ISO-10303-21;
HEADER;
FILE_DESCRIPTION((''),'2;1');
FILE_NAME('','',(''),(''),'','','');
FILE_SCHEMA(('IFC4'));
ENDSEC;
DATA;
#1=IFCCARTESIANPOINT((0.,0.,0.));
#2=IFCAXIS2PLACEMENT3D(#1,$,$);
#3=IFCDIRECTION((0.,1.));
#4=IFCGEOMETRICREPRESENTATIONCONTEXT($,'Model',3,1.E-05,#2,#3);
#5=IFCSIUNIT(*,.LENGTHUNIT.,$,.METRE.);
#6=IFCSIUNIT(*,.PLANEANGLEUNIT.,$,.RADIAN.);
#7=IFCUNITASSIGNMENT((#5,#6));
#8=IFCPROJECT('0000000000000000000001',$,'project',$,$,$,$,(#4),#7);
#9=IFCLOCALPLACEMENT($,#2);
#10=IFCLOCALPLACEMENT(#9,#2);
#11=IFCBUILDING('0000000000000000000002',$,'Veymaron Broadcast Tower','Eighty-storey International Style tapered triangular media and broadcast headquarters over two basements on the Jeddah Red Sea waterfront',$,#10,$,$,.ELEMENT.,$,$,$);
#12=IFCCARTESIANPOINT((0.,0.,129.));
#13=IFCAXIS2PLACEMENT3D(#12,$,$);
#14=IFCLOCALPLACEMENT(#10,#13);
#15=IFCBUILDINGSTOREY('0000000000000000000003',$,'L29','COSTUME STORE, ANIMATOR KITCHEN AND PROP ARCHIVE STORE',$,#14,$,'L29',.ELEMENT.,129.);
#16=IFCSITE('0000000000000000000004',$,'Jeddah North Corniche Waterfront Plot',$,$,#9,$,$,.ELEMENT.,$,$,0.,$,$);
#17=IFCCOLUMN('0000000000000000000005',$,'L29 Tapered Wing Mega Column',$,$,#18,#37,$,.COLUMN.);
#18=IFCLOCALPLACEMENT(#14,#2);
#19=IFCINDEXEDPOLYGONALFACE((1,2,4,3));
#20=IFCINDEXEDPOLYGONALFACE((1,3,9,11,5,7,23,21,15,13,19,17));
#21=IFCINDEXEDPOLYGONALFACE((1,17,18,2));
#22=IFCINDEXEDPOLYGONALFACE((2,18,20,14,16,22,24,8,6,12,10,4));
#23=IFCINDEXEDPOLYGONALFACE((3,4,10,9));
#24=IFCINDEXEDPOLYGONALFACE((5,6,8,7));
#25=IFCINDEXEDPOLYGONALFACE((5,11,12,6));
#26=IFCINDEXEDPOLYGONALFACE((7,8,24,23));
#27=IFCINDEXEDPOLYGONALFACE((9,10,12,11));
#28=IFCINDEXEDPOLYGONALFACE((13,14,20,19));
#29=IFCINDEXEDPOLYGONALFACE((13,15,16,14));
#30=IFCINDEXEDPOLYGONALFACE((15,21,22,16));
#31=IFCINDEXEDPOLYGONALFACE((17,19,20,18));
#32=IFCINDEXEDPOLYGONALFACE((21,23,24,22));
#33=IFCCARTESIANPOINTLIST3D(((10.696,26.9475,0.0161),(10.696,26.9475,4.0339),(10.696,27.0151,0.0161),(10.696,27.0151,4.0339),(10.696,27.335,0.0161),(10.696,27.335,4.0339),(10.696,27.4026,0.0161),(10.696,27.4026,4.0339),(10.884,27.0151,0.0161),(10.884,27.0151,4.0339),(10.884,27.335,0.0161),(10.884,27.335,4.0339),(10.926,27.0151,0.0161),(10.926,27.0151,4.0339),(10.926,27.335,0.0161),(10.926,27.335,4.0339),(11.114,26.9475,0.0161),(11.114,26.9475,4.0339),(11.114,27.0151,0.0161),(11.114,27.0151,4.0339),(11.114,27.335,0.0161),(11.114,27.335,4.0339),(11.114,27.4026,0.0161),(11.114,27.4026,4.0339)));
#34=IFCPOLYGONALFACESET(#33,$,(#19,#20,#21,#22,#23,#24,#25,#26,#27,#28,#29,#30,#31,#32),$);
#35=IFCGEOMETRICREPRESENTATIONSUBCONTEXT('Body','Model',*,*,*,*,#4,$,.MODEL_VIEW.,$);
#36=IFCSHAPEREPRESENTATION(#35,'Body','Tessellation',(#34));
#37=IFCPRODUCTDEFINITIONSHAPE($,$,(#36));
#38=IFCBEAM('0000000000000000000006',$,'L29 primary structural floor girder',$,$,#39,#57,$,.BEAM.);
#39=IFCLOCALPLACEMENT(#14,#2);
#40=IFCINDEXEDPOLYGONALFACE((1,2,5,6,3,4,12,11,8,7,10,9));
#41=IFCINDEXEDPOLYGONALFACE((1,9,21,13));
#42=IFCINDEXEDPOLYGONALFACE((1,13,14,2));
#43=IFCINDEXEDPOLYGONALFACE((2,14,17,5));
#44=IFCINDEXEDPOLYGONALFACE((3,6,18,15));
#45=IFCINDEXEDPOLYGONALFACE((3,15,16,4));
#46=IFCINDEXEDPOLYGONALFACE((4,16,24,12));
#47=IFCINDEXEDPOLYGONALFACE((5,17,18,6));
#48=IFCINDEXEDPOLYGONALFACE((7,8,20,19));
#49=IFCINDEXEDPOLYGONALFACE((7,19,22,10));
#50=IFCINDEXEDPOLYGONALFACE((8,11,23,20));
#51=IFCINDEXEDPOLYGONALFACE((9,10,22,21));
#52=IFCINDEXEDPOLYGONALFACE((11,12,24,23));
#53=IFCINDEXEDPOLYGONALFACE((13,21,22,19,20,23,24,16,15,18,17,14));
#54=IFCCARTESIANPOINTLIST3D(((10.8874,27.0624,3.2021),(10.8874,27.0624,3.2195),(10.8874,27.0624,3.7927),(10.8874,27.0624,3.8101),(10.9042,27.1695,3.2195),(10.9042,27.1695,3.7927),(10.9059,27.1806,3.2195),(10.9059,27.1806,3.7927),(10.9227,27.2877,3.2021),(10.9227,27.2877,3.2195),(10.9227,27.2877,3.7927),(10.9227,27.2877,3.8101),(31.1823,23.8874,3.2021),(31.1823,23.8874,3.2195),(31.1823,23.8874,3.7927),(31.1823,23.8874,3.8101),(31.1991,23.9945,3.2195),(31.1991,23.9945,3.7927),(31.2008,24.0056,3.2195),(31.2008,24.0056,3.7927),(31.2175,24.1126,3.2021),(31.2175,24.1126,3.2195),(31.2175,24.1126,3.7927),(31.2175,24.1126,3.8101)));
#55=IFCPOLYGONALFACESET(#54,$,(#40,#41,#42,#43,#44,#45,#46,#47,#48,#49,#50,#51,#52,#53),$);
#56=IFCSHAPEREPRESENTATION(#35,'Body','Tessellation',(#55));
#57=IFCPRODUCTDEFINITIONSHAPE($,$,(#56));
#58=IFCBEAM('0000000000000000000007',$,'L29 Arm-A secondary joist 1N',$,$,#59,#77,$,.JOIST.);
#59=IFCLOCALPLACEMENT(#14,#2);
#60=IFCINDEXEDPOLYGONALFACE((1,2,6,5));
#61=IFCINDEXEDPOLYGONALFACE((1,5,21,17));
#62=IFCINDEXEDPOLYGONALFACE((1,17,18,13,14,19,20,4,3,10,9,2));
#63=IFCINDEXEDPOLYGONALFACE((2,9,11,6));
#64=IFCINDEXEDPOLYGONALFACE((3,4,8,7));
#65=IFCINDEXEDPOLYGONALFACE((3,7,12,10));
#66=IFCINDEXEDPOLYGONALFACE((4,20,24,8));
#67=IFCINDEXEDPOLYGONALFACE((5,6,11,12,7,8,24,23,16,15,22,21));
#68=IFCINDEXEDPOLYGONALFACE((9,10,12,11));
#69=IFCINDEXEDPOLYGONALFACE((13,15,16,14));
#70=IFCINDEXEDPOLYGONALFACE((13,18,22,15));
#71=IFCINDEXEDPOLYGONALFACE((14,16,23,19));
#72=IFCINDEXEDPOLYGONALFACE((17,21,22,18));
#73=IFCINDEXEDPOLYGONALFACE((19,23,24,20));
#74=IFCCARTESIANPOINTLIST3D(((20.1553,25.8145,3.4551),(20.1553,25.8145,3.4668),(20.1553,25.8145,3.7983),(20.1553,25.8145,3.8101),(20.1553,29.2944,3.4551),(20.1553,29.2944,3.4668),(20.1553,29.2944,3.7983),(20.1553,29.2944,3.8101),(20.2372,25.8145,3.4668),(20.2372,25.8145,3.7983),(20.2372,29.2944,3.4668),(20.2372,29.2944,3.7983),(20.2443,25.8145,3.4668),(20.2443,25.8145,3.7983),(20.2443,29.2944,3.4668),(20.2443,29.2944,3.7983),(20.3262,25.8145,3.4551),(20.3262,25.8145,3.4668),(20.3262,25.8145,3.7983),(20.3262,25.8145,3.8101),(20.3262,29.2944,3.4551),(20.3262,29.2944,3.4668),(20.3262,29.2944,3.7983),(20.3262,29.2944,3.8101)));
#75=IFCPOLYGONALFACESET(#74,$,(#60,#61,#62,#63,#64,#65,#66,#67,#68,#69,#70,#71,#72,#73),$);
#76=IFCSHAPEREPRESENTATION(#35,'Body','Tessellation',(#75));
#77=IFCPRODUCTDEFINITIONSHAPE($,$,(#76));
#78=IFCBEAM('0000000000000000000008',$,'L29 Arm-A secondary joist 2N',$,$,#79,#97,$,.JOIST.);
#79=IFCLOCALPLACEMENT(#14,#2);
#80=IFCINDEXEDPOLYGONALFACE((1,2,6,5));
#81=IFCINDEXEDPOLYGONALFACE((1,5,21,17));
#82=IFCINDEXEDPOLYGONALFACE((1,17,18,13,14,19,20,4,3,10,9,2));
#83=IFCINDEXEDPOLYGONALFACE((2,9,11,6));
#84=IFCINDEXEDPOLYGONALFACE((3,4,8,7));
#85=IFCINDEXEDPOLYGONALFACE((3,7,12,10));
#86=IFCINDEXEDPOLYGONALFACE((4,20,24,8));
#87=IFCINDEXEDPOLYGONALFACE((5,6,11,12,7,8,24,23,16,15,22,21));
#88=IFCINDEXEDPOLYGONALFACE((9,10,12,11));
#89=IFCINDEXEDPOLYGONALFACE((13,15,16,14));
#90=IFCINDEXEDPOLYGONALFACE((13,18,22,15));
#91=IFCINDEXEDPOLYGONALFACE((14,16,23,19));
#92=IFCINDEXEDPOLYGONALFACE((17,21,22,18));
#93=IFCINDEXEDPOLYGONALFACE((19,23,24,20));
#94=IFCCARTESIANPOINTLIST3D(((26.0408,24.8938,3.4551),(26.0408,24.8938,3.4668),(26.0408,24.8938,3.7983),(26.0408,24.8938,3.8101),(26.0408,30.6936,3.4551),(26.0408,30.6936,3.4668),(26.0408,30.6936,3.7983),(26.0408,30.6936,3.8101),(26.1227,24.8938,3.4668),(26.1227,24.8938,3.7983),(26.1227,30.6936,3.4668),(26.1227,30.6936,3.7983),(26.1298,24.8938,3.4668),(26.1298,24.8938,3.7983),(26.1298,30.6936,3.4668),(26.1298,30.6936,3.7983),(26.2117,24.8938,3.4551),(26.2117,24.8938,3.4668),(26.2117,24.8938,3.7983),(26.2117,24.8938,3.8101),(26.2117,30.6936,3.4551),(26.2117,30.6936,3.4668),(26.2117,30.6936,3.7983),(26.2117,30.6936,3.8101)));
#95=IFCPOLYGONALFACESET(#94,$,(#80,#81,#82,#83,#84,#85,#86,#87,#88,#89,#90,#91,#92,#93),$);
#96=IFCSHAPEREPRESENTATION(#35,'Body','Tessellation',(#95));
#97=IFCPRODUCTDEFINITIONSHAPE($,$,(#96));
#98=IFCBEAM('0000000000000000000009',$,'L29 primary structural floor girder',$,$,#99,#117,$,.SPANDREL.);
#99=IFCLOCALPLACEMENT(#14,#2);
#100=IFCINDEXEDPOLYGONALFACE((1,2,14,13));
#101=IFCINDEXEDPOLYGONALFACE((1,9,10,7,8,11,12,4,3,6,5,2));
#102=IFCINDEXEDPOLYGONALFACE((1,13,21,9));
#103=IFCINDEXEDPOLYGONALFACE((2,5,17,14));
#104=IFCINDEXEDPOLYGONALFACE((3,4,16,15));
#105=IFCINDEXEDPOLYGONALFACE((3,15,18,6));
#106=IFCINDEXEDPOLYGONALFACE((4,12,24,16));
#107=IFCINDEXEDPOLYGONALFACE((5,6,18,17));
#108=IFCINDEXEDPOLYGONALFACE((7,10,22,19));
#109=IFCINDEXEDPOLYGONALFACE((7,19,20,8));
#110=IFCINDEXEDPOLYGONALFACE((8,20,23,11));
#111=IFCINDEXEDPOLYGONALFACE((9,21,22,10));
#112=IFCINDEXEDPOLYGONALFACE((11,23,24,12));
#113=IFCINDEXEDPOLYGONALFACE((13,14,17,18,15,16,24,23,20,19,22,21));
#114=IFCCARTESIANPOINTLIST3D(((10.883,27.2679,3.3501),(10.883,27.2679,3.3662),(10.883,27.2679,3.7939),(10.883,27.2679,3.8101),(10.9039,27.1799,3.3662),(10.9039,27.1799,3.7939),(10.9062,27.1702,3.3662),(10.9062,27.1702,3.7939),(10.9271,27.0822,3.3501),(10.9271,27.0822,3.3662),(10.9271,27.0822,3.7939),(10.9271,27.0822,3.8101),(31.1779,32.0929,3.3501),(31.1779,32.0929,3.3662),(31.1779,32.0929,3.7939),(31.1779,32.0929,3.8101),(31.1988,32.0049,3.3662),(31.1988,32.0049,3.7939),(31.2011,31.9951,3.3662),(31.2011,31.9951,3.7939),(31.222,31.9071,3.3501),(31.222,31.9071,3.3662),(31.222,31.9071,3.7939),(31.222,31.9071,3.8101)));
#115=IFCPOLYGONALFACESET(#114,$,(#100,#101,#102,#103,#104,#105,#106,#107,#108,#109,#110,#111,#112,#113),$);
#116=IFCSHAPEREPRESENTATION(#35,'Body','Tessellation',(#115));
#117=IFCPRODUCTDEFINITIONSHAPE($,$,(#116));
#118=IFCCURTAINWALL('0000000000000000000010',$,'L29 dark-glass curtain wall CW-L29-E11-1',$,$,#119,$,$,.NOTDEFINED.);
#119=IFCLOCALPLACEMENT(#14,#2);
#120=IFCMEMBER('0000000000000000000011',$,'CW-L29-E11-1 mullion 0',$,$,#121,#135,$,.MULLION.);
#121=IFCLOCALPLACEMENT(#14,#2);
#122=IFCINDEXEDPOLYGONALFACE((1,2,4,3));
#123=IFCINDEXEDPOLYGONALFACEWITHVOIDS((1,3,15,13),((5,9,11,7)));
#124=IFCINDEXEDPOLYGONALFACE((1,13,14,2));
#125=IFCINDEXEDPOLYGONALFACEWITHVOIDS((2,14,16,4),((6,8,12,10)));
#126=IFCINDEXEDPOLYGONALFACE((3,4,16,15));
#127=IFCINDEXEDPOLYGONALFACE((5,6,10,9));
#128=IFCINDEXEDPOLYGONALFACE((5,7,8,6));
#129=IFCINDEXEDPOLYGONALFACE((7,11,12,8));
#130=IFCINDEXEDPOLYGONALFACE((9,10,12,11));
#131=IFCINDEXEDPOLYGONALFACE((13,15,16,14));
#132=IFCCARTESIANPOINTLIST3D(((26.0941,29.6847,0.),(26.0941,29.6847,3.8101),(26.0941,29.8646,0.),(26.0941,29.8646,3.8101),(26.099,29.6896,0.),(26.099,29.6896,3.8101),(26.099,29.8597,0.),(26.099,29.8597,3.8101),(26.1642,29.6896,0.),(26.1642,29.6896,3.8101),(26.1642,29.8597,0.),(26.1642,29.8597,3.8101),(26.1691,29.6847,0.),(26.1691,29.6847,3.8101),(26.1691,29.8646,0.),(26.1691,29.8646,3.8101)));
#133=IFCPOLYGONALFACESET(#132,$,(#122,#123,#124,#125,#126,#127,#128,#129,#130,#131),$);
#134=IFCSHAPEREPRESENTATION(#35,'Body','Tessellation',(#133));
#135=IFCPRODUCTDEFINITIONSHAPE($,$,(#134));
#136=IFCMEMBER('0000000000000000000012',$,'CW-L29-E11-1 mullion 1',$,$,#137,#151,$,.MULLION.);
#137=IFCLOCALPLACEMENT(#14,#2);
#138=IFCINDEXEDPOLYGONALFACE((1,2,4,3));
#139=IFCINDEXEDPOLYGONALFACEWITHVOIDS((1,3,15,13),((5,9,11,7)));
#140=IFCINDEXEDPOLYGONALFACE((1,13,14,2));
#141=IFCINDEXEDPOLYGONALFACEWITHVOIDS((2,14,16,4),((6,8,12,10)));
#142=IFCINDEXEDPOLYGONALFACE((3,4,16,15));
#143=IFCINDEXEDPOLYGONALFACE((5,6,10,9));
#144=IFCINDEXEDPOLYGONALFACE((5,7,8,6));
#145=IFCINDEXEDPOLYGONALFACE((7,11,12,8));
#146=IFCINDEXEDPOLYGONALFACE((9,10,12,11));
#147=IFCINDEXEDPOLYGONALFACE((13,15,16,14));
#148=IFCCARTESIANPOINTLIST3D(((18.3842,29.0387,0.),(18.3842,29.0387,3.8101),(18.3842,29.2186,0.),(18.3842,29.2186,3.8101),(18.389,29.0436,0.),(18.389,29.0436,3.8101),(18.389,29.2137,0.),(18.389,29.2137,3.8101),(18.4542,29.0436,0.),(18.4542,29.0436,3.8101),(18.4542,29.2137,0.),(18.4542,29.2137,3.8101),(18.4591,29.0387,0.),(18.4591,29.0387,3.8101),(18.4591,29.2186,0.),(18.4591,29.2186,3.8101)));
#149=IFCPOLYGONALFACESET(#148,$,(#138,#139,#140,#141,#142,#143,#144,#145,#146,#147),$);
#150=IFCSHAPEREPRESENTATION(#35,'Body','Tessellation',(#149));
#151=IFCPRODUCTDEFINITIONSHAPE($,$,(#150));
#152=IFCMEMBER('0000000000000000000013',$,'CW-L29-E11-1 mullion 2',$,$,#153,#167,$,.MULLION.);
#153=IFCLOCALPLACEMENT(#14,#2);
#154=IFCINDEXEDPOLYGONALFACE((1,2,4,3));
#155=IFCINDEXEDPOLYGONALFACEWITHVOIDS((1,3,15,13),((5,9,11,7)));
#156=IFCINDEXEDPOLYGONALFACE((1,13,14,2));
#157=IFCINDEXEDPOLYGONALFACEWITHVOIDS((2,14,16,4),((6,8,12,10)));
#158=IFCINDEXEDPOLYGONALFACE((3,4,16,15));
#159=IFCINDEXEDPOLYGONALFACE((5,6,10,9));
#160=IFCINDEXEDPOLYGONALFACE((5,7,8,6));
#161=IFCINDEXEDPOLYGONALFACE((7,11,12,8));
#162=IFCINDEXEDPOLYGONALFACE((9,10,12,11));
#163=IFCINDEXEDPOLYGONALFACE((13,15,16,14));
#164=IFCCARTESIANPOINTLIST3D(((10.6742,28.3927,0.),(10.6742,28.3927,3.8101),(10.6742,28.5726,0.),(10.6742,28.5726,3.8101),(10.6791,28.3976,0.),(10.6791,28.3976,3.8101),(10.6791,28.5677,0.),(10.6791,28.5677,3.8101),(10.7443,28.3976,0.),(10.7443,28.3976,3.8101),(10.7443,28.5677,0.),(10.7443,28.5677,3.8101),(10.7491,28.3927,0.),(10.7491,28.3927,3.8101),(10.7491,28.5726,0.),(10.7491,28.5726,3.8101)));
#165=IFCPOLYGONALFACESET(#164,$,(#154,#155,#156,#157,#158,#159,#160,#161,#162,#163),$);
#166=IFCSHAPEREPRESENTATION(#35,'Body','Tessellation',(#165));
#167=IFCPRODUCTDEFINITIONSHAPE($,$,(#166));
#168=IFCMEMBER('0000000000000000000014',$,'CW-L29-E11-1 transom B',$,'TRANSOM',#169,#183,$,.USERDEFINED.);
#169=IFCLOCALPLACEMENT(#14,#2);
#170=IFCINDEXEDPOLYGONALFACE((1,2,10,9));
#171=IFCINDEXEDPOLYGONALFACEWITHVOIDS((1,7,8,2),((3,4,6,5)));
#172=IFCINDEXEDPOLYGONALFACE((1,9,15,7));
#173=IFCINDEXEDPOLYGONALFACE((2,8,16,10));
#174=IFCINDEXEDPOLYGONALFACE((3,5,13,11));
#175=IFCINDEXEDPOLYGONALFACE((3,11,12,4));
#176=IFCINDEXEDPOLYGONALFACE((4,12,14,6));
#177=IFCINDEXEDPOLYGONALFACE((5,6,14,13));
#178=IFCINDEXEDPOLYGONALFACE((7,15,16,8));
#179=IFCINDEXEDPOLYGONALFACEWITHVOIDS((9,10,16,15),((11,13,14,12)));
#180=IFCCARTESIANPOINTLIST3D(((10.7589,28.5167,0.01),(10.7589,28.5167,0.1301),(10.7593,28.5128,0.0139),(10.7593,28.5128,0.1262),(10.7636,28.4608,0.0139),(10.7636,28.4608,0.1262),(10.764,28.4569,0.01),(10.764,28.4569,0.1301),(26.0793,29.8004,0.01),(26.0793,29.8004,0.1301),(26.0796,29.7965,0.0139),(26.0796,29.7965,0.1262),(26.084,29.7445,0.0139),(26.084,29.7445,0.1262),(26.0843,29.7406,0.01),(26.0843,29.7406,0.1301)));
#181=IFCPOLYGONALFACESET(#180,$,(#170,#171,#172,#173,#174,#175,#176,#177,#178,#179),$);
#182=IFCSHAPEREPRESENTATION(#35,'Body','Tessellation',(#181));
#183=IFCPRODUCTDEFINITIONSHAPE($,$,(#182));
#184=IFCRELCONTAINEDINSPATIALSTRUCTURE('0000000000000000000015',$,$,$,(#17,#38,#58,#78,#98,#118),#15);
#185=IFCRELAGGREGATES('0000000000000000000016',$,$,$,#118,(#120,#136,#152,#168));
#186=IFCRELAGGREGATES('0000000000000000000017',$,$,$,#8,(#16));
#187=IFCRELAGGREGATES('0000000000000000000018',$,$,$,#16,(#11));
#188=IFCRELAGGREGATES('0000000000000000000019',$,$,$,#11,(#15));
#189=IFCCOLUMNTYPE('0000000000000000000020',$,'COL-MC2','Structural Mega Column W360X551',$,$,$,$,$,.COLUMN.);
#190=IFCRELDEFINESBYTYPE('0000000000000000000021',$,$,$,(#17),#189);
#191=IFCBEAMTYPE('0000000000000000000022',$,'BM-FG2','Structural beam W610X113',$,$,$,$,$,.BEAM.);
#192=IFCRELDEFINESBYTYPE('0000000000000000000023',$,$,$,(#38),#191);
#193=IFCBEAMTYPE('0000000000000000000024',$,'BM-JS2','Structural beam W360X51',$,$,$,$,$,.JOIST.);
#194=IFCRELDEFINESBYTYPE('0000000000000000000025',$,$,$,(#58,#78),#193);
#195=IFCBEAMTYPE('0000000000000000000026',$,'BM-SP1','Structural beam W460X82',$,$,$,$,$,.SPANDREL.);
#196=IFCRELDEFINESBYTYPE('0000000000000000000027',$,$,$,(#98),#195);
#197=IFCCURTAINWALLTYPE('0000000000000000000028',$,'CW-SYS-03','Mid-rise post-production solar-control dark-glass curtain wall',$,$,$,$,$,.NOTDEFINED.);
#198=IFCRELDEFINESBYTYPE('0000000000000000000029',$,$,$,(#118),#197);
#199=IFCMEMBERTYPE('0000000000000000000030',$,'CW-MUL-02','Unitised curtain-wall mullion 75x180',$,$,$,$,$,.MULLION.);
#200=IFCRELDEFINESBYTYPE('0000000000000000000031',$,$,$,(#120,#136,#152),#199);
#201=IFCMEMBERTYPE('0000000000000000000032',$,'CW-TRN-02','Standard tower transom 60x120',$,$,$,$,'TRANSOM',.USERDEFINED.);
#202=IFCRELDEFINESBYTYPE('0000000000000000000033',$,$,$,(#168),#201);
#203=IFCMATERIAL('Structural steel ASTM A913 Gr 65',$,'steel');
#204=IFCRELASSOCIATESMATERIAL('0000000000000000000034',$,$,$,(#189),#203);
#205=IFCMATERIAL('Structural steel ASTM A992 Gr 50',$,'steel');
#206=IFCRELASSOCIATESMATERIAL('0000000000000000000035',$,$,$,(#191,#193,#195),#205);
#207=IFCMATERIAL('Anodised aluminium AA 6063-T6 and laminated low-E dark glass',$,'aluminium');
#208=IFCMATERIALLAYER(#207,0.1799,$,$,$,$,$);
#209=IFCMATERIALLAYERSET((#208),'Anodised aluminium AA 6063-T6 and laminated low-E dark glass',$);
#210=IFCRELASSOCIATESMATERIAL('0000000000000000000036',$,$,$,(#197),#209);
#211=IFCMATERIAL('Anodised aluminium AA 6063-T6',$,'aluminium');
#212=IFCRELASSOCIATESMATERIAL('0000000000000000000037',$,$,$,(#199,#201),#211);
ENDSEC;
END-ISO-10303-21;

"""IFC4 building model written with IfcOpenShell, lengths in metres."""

from ifc_helpers import new_model, si_unit, direction, frame, origin, origin_2d, place, context, subcontext, project, spatial, hollow_rectangle, i_section, extrude, material, layer, layer_set, material_profile, profile_set, type_object, element, aggregate, save


model = new_model("IFC4")

# Units and contexts
model_context = context("Model", 3, precision=1e-05, world=origin(), true_north=direction((0.0, 1.0)))
body_context = subcontext(model_context, "Body", "Model", "MODEL_VIEW")
ifc_project = project(units=[si_unit("LENGTHUNIT", "METRE"), si_unit("PLANEANGLEUNIT", "RADIAN")], contexts=[model_context])

# Site, building, storey
site_placement = place(None, origin())
site = spatial("IfcSite", under=ifc_project, at=site_placement, Name="Jeddah North Corniche Waterfront Plot", CompositionType="ELEMENT", RefElevation=0.0)
building_placement = place(site_placement, origin())
building = spatial("IfcBuilding", under=site, at=building_placement, Name="Veymaron Broadcast Tower", Description="Eighty-storey International Style tapered triangular media and broadcast headquarters over two basements on the Jeddah Red Sea waterfront", CompositionType="ELEMENT")
storey_placement = place(building_placement, frame((0.0, 0.0, 129.0)))
storey = spatial("IfcBuildingStorey", under=building, at=storey_placement, Name="L29", Description="COSTUME STORE, ANIMATOR KITCHEN AND PROP ARCHIVE STORE", LongName="L29", CompositionType="ELEMENT", Elevation=129.0)

# Column
ifc_material_1 = material(Name="Structural steel ASTM A913 Gr 65", Category="steel")
ifc_material_profile_1 = material_profile(ifc_material_1, i_section(OverallWidth=0.418, OverallDepth=0.4551, WebThickness=0.042, FlangeThickness=0.0676, at=origin_2d()), Name="W360X551")
ifc_profile_set_1 = profile_set([ifc_material_profile_1], Name="Structural steel ASTM A913 Gr 65")
column_type = type_object("IfcColumnType", Name="COL-MC2", Description="Structural Mega Column W360X551", PredefinedType="COLUMN", material=ifc_profile_set_1)
column_placement = place(storey_placement, frame((10.905, 27.175, 0.0161), z_axis=(0.0, 0.0, 1.0), x_axis=(1.0, 0.0, 0.0)))
element("IfcColumn", 1, at=column_placement, inside=storey, type_object=column_type, Name="L29 Tapered Wing Mega Column", PredefinedType="COLUMN", context=body_context, shape_type="SweptSolid", body=[
    extrude(i_section(OverallWidth=0.418, OverallDepth=0.4551, WebThickness=0.042, FlangeThickness=0.0676, at=origin_2d()), origin(), (0.0, 0.0, 1.0), 4.0178),
])

# Beams
ifc_material_2 = material(Name="Structural steel ASTM A992 Gr 50", Category="steel")
ifc_material_profile_2 = material_profile(ifc_material_2, i_section(OverallWidth=0.228, OverallDepth=0.6079, WebThickness=0.0112, FlangeThickness=0.0173, at=origin_2d()), Name="W610X113")
ifc_profile_set_2 = profile_set([ifc_material_profile_2], Name="Structural steel ASTM A992 Gr 50")
beam_type_1 = type_object("IfcBeamType", Name="BM-FG2", Description="Structural beam W610X113", PredefinedType="BEAM", material=ifc_profile_set_2)
beam_1_placement = place(storey_placement, frame((10.905, 27.175, 3.5061), z_axis=(0.987983, -0.154565, 0.0), x_axis=(0.154565, 0.987983, 0.0)))
element("IfcBeam", 2, at=beam_1_placement, inside=storey, type_object=beam_type_1, Name="L29 primary structural floor girder", PredefinedType="BEAM", context=body_context, shape_type="SweptSolid", body=[
    extrude(i_section(OverallWidth=0.228, OverallDepth=0.6079, WebThickness=0.0112, FlangeThickness=0.0173, at=origin_2d()), origin(), (0.0, 0.0, 1.0), 20.5417),
])
ifc_material_profile_3 = material_profile(ifc_material_2, i_section(OverallWidth=0.1709, OverallDepth=0.355, WebThickness=0.0071, FlangeThickness=0.0117, at=origin_2d()), Name="W360X51")
ifc_profile_set_3 = profile_set([ifc_material_profile_3], Name="Structural steel ASTM A992 Gr 50")
beam_type_2 = type_object("IfcBeamType", Name="BM-JS2", Description="Structural beam W360X51", PredefinedType="JOIST", material=ifc_profile_set_3)
beam_2_placement = place(storey_placement, frame((20.2407, 25.8145, 3.6326), z_axis=(0.0, 1.0, 0.0), x_axis=(-1.0, 0.0, 0.0)))
element("IfcBeam", 3, at=beam_2_placement, inside=storey, type_object=beam_type_2, Name="L29 Arm-A secondary joist 1N", PredefinedType="JOIST", context=body_context, shape_type="SweptSolid", body=[
    extrude(i_section(OverallWidth=0.1709, OverallDepth=0.355, WebThickness=0.0071, FlangeThickness=0.0117, at=origin_2d()), origin(), (0.0, 0.0, 1.0), 3.48),
])
beam_3_placement = place(storey_placement, frame((26.1262, 24.8938, 3.6326), z_axis=(0.0, 1.0, 0.0), x_axis=(-1.0, 0.0, 0.0)))
element("IfcBeam", 4, at=beam_3_placement, inside=storey, type_object=beam_type_2, Name="L29 Arm-A secondary joist 2N", PredefinedType="JOIST", context=body_context, shape_type="SweptSolid", body=[
    extrude(i_section(OverallWidth=0.1709, OverallDepth=0.355, WebThickness=0.0071, FlangeThickness=0.0117, at=origin_2d()), origin(), (0.0, 0.0, 1.0), 5.7998),
])
ifc_material_profile_4 = material_profile(ifc_material_2, i_section(OverallWidth=0.1909, OverallDepth=0.46, WebThickness=0.01, FlangeThickness=0.0161, at=origin_2d()), Name="W460X82")
ifc_profile_set_4 = profile_set([ifc_material_profile_4], Name="Structural steel ASTM A992 Gr 50")
beam_type_3 = type_object("IfcBeamType", Name="BM-SP1", Description="Structural beam W460X82", PredefinedType="SPANDREL", material=ifc_profile_set_4)
beam_4_placement = place(storey_placement, frame((10.905, 27.175, 3.5801), z_axis=(0.972884, 0.231295, 0.0), x_axis=(-0.231295, 0.972884, 0.0)))
element("IfcBeam", 5, at=beam_4_placement, inside=storey, type_object=beam_type_3, Name="L29 primary structural floor girder", PredefinedType="SPANDREL", context=body_context, shape_type="SweptSolid", body=[
    extrude(i_section(OverallWidth=0.1909, OverallDepth=0.46, WebThickness=0.01, FlangeThickness=0.0161, at=origin_2d()), origin(), (0.0, 0.0, 1.0), 20.8606),
])

# Curtain wall, members
ifc_material_3 = material(Name="Anodised aluminium AA 6063-T6 and laminated low-E dark glass", Category="aluminium")
ifc_layer_1 = layer(ifc_material_3, 0.1799)
ifc_layer_set_1 = layer_set([ifc_layer_1], Name="Anodised aluminium AA 6063-T6 and laminated low-E dark glass")
curtain_wall_type = type_object("IfcCurtainWallType", Name="CW-SYS-03", Description="Mid-rise post-production solar-control dark-glass curtain wall", PredefinedType="NOTDEFINED", material=ifc_layer_set_1)
curtain_wall_placement = place(storey_placement, origin())
curtain_wall = element("IfcCurtainWall", 6, at=curtain_wall_placement, inside=storey, type_object=curtain_wall_type, Name="L29 dark-glass curtain wall CW-L29-E11-1", PredefinedType="NOTDEFINED")
ifc_material_4 = material(Name="Anodised aluminium AA 6063-T6", Category="aluminium")
ifc_material_profile_5 = material_profile(ifc_material_4, hollow_rectangle(XDim=0.075, YDim=0.1799, WallThickness=0.0049, at=origin_2d()), Name="AL180X75X5")
ifc_profile_set_5 = profile_set([ifc_material_profile_5], Name="Anodised aluminium AA 6063-T6")
member_type_1 = type_object("IfcMemberType", Name="CW-MUL-02", Description="Unitised curtain-wall mullion 75x180", PredefinedType="MULLION", material=ifc_profile_set_5)
member_1_placement = place(storey_placement, frame((26.1316, 29.7747, 0.0), z_axis=(0.0, 0.0, 1.0), x_axis=(1.0, 0.0, 0.0)))
member_1 = element("IfcMember", 7, at=member_1_placement, type_object=member_type_1, Name="CW-L29-E11-1 mullion 0", PredefinedType="MULLION", context=body_context, shape_type="SweptSolid", body=[
    extrude(hollow_rectangle(XDim=0.075, YDim=0.1799, WallThickness=0.0049, at=origin_2d()), origin(), (0.0, 0.0, 1.0), 3.8101),
])
member_2_placement = place(storey_placement, frame((18.4216, 29.1287, 0.0), z_axis=(0.0, 0.0, 1.0), x_axis=(1.0, 0.0, 0.0)))
member_2 = element("IfcMember", 8, at=member_2_placement, type_object=member_type_1, Name="CW-L29-E11-1 mullion 1", PredefinedType="MULLION", context=body_context, shape_type="SweptSolid", body=[
    extrude(hollow_rectangle(XDim=0.075, YDim=0.1799, WallThickness=0.0049, at=origin_2d()), origin(), (0.0, 0.0, 1.0), 3.8101),
])
member_3_placement = place(storey_placement, frame((10.7117, 28.4827, 0.0), z_axis=(0.0, 0.0, 1.0), x_axis=(1.0, 0.0, 0.0)))
member_3 = element("IfcMember", 9, at=member_3_placement, type_object=member_type_1, Name="CW-L29-E11-1 mullion 2", PredefinedType="MULLION", context=body_context, shape_type="SweptSolid", body=[
    extrude(hollow_rectangle(XDim=0.075, YDim=0.1799, WallThickness=0.0049, at=origin_2d()), origin(), (0.0, 0.0, 1.0), 3.8101),
])
ifc_material_profile_6 = material_profile(ifc_material_4, hollow_rectangle(XDim=0.0601, YDim=0.1201, WallThickness=0.0039, at=origin_2d()), Name="AL120X60X4")
ifc_profile_set_6 = profile_set([ifc_material_profile_6], Name="Anodised aluminium AA 6063-T6")
member_type_2 = type_object("IfcMemberType", Name="CW-TRN-02", Description="Standard tower transom 60x120", ElementType="TRANSOM", PredefinedType="USERDEFINED", material=ifc_profile_set_6)
member_4_placement = place(storey_placement, frame((26.0818, 29.7705, 0.0701), z_axis=(-0.996508, -0.083498, 0.0), x_axis=(0.083498, -0.996508, 0.0)))
member_4 = element("IfcMember", 10, at=member_4_placement, type_object=member_type_2, Name="CW-L29-E11-1 transom B", ObjectType="TRANSOM", PredefinedType="USERDEFINED", context=body_context, shape_type="SweptSolid", body=[
    extrude(hollow_rectangle(XDim=0.0601, YDim=0.1201, WallThickness=0.0039, at=origin_2d()), origin(), (0.0, 0.0, 1.0), 15.374),
])
aggregate(curtain_wall, [member_1, member_2, member_3, member_4])

save(model, "model.ifc")
